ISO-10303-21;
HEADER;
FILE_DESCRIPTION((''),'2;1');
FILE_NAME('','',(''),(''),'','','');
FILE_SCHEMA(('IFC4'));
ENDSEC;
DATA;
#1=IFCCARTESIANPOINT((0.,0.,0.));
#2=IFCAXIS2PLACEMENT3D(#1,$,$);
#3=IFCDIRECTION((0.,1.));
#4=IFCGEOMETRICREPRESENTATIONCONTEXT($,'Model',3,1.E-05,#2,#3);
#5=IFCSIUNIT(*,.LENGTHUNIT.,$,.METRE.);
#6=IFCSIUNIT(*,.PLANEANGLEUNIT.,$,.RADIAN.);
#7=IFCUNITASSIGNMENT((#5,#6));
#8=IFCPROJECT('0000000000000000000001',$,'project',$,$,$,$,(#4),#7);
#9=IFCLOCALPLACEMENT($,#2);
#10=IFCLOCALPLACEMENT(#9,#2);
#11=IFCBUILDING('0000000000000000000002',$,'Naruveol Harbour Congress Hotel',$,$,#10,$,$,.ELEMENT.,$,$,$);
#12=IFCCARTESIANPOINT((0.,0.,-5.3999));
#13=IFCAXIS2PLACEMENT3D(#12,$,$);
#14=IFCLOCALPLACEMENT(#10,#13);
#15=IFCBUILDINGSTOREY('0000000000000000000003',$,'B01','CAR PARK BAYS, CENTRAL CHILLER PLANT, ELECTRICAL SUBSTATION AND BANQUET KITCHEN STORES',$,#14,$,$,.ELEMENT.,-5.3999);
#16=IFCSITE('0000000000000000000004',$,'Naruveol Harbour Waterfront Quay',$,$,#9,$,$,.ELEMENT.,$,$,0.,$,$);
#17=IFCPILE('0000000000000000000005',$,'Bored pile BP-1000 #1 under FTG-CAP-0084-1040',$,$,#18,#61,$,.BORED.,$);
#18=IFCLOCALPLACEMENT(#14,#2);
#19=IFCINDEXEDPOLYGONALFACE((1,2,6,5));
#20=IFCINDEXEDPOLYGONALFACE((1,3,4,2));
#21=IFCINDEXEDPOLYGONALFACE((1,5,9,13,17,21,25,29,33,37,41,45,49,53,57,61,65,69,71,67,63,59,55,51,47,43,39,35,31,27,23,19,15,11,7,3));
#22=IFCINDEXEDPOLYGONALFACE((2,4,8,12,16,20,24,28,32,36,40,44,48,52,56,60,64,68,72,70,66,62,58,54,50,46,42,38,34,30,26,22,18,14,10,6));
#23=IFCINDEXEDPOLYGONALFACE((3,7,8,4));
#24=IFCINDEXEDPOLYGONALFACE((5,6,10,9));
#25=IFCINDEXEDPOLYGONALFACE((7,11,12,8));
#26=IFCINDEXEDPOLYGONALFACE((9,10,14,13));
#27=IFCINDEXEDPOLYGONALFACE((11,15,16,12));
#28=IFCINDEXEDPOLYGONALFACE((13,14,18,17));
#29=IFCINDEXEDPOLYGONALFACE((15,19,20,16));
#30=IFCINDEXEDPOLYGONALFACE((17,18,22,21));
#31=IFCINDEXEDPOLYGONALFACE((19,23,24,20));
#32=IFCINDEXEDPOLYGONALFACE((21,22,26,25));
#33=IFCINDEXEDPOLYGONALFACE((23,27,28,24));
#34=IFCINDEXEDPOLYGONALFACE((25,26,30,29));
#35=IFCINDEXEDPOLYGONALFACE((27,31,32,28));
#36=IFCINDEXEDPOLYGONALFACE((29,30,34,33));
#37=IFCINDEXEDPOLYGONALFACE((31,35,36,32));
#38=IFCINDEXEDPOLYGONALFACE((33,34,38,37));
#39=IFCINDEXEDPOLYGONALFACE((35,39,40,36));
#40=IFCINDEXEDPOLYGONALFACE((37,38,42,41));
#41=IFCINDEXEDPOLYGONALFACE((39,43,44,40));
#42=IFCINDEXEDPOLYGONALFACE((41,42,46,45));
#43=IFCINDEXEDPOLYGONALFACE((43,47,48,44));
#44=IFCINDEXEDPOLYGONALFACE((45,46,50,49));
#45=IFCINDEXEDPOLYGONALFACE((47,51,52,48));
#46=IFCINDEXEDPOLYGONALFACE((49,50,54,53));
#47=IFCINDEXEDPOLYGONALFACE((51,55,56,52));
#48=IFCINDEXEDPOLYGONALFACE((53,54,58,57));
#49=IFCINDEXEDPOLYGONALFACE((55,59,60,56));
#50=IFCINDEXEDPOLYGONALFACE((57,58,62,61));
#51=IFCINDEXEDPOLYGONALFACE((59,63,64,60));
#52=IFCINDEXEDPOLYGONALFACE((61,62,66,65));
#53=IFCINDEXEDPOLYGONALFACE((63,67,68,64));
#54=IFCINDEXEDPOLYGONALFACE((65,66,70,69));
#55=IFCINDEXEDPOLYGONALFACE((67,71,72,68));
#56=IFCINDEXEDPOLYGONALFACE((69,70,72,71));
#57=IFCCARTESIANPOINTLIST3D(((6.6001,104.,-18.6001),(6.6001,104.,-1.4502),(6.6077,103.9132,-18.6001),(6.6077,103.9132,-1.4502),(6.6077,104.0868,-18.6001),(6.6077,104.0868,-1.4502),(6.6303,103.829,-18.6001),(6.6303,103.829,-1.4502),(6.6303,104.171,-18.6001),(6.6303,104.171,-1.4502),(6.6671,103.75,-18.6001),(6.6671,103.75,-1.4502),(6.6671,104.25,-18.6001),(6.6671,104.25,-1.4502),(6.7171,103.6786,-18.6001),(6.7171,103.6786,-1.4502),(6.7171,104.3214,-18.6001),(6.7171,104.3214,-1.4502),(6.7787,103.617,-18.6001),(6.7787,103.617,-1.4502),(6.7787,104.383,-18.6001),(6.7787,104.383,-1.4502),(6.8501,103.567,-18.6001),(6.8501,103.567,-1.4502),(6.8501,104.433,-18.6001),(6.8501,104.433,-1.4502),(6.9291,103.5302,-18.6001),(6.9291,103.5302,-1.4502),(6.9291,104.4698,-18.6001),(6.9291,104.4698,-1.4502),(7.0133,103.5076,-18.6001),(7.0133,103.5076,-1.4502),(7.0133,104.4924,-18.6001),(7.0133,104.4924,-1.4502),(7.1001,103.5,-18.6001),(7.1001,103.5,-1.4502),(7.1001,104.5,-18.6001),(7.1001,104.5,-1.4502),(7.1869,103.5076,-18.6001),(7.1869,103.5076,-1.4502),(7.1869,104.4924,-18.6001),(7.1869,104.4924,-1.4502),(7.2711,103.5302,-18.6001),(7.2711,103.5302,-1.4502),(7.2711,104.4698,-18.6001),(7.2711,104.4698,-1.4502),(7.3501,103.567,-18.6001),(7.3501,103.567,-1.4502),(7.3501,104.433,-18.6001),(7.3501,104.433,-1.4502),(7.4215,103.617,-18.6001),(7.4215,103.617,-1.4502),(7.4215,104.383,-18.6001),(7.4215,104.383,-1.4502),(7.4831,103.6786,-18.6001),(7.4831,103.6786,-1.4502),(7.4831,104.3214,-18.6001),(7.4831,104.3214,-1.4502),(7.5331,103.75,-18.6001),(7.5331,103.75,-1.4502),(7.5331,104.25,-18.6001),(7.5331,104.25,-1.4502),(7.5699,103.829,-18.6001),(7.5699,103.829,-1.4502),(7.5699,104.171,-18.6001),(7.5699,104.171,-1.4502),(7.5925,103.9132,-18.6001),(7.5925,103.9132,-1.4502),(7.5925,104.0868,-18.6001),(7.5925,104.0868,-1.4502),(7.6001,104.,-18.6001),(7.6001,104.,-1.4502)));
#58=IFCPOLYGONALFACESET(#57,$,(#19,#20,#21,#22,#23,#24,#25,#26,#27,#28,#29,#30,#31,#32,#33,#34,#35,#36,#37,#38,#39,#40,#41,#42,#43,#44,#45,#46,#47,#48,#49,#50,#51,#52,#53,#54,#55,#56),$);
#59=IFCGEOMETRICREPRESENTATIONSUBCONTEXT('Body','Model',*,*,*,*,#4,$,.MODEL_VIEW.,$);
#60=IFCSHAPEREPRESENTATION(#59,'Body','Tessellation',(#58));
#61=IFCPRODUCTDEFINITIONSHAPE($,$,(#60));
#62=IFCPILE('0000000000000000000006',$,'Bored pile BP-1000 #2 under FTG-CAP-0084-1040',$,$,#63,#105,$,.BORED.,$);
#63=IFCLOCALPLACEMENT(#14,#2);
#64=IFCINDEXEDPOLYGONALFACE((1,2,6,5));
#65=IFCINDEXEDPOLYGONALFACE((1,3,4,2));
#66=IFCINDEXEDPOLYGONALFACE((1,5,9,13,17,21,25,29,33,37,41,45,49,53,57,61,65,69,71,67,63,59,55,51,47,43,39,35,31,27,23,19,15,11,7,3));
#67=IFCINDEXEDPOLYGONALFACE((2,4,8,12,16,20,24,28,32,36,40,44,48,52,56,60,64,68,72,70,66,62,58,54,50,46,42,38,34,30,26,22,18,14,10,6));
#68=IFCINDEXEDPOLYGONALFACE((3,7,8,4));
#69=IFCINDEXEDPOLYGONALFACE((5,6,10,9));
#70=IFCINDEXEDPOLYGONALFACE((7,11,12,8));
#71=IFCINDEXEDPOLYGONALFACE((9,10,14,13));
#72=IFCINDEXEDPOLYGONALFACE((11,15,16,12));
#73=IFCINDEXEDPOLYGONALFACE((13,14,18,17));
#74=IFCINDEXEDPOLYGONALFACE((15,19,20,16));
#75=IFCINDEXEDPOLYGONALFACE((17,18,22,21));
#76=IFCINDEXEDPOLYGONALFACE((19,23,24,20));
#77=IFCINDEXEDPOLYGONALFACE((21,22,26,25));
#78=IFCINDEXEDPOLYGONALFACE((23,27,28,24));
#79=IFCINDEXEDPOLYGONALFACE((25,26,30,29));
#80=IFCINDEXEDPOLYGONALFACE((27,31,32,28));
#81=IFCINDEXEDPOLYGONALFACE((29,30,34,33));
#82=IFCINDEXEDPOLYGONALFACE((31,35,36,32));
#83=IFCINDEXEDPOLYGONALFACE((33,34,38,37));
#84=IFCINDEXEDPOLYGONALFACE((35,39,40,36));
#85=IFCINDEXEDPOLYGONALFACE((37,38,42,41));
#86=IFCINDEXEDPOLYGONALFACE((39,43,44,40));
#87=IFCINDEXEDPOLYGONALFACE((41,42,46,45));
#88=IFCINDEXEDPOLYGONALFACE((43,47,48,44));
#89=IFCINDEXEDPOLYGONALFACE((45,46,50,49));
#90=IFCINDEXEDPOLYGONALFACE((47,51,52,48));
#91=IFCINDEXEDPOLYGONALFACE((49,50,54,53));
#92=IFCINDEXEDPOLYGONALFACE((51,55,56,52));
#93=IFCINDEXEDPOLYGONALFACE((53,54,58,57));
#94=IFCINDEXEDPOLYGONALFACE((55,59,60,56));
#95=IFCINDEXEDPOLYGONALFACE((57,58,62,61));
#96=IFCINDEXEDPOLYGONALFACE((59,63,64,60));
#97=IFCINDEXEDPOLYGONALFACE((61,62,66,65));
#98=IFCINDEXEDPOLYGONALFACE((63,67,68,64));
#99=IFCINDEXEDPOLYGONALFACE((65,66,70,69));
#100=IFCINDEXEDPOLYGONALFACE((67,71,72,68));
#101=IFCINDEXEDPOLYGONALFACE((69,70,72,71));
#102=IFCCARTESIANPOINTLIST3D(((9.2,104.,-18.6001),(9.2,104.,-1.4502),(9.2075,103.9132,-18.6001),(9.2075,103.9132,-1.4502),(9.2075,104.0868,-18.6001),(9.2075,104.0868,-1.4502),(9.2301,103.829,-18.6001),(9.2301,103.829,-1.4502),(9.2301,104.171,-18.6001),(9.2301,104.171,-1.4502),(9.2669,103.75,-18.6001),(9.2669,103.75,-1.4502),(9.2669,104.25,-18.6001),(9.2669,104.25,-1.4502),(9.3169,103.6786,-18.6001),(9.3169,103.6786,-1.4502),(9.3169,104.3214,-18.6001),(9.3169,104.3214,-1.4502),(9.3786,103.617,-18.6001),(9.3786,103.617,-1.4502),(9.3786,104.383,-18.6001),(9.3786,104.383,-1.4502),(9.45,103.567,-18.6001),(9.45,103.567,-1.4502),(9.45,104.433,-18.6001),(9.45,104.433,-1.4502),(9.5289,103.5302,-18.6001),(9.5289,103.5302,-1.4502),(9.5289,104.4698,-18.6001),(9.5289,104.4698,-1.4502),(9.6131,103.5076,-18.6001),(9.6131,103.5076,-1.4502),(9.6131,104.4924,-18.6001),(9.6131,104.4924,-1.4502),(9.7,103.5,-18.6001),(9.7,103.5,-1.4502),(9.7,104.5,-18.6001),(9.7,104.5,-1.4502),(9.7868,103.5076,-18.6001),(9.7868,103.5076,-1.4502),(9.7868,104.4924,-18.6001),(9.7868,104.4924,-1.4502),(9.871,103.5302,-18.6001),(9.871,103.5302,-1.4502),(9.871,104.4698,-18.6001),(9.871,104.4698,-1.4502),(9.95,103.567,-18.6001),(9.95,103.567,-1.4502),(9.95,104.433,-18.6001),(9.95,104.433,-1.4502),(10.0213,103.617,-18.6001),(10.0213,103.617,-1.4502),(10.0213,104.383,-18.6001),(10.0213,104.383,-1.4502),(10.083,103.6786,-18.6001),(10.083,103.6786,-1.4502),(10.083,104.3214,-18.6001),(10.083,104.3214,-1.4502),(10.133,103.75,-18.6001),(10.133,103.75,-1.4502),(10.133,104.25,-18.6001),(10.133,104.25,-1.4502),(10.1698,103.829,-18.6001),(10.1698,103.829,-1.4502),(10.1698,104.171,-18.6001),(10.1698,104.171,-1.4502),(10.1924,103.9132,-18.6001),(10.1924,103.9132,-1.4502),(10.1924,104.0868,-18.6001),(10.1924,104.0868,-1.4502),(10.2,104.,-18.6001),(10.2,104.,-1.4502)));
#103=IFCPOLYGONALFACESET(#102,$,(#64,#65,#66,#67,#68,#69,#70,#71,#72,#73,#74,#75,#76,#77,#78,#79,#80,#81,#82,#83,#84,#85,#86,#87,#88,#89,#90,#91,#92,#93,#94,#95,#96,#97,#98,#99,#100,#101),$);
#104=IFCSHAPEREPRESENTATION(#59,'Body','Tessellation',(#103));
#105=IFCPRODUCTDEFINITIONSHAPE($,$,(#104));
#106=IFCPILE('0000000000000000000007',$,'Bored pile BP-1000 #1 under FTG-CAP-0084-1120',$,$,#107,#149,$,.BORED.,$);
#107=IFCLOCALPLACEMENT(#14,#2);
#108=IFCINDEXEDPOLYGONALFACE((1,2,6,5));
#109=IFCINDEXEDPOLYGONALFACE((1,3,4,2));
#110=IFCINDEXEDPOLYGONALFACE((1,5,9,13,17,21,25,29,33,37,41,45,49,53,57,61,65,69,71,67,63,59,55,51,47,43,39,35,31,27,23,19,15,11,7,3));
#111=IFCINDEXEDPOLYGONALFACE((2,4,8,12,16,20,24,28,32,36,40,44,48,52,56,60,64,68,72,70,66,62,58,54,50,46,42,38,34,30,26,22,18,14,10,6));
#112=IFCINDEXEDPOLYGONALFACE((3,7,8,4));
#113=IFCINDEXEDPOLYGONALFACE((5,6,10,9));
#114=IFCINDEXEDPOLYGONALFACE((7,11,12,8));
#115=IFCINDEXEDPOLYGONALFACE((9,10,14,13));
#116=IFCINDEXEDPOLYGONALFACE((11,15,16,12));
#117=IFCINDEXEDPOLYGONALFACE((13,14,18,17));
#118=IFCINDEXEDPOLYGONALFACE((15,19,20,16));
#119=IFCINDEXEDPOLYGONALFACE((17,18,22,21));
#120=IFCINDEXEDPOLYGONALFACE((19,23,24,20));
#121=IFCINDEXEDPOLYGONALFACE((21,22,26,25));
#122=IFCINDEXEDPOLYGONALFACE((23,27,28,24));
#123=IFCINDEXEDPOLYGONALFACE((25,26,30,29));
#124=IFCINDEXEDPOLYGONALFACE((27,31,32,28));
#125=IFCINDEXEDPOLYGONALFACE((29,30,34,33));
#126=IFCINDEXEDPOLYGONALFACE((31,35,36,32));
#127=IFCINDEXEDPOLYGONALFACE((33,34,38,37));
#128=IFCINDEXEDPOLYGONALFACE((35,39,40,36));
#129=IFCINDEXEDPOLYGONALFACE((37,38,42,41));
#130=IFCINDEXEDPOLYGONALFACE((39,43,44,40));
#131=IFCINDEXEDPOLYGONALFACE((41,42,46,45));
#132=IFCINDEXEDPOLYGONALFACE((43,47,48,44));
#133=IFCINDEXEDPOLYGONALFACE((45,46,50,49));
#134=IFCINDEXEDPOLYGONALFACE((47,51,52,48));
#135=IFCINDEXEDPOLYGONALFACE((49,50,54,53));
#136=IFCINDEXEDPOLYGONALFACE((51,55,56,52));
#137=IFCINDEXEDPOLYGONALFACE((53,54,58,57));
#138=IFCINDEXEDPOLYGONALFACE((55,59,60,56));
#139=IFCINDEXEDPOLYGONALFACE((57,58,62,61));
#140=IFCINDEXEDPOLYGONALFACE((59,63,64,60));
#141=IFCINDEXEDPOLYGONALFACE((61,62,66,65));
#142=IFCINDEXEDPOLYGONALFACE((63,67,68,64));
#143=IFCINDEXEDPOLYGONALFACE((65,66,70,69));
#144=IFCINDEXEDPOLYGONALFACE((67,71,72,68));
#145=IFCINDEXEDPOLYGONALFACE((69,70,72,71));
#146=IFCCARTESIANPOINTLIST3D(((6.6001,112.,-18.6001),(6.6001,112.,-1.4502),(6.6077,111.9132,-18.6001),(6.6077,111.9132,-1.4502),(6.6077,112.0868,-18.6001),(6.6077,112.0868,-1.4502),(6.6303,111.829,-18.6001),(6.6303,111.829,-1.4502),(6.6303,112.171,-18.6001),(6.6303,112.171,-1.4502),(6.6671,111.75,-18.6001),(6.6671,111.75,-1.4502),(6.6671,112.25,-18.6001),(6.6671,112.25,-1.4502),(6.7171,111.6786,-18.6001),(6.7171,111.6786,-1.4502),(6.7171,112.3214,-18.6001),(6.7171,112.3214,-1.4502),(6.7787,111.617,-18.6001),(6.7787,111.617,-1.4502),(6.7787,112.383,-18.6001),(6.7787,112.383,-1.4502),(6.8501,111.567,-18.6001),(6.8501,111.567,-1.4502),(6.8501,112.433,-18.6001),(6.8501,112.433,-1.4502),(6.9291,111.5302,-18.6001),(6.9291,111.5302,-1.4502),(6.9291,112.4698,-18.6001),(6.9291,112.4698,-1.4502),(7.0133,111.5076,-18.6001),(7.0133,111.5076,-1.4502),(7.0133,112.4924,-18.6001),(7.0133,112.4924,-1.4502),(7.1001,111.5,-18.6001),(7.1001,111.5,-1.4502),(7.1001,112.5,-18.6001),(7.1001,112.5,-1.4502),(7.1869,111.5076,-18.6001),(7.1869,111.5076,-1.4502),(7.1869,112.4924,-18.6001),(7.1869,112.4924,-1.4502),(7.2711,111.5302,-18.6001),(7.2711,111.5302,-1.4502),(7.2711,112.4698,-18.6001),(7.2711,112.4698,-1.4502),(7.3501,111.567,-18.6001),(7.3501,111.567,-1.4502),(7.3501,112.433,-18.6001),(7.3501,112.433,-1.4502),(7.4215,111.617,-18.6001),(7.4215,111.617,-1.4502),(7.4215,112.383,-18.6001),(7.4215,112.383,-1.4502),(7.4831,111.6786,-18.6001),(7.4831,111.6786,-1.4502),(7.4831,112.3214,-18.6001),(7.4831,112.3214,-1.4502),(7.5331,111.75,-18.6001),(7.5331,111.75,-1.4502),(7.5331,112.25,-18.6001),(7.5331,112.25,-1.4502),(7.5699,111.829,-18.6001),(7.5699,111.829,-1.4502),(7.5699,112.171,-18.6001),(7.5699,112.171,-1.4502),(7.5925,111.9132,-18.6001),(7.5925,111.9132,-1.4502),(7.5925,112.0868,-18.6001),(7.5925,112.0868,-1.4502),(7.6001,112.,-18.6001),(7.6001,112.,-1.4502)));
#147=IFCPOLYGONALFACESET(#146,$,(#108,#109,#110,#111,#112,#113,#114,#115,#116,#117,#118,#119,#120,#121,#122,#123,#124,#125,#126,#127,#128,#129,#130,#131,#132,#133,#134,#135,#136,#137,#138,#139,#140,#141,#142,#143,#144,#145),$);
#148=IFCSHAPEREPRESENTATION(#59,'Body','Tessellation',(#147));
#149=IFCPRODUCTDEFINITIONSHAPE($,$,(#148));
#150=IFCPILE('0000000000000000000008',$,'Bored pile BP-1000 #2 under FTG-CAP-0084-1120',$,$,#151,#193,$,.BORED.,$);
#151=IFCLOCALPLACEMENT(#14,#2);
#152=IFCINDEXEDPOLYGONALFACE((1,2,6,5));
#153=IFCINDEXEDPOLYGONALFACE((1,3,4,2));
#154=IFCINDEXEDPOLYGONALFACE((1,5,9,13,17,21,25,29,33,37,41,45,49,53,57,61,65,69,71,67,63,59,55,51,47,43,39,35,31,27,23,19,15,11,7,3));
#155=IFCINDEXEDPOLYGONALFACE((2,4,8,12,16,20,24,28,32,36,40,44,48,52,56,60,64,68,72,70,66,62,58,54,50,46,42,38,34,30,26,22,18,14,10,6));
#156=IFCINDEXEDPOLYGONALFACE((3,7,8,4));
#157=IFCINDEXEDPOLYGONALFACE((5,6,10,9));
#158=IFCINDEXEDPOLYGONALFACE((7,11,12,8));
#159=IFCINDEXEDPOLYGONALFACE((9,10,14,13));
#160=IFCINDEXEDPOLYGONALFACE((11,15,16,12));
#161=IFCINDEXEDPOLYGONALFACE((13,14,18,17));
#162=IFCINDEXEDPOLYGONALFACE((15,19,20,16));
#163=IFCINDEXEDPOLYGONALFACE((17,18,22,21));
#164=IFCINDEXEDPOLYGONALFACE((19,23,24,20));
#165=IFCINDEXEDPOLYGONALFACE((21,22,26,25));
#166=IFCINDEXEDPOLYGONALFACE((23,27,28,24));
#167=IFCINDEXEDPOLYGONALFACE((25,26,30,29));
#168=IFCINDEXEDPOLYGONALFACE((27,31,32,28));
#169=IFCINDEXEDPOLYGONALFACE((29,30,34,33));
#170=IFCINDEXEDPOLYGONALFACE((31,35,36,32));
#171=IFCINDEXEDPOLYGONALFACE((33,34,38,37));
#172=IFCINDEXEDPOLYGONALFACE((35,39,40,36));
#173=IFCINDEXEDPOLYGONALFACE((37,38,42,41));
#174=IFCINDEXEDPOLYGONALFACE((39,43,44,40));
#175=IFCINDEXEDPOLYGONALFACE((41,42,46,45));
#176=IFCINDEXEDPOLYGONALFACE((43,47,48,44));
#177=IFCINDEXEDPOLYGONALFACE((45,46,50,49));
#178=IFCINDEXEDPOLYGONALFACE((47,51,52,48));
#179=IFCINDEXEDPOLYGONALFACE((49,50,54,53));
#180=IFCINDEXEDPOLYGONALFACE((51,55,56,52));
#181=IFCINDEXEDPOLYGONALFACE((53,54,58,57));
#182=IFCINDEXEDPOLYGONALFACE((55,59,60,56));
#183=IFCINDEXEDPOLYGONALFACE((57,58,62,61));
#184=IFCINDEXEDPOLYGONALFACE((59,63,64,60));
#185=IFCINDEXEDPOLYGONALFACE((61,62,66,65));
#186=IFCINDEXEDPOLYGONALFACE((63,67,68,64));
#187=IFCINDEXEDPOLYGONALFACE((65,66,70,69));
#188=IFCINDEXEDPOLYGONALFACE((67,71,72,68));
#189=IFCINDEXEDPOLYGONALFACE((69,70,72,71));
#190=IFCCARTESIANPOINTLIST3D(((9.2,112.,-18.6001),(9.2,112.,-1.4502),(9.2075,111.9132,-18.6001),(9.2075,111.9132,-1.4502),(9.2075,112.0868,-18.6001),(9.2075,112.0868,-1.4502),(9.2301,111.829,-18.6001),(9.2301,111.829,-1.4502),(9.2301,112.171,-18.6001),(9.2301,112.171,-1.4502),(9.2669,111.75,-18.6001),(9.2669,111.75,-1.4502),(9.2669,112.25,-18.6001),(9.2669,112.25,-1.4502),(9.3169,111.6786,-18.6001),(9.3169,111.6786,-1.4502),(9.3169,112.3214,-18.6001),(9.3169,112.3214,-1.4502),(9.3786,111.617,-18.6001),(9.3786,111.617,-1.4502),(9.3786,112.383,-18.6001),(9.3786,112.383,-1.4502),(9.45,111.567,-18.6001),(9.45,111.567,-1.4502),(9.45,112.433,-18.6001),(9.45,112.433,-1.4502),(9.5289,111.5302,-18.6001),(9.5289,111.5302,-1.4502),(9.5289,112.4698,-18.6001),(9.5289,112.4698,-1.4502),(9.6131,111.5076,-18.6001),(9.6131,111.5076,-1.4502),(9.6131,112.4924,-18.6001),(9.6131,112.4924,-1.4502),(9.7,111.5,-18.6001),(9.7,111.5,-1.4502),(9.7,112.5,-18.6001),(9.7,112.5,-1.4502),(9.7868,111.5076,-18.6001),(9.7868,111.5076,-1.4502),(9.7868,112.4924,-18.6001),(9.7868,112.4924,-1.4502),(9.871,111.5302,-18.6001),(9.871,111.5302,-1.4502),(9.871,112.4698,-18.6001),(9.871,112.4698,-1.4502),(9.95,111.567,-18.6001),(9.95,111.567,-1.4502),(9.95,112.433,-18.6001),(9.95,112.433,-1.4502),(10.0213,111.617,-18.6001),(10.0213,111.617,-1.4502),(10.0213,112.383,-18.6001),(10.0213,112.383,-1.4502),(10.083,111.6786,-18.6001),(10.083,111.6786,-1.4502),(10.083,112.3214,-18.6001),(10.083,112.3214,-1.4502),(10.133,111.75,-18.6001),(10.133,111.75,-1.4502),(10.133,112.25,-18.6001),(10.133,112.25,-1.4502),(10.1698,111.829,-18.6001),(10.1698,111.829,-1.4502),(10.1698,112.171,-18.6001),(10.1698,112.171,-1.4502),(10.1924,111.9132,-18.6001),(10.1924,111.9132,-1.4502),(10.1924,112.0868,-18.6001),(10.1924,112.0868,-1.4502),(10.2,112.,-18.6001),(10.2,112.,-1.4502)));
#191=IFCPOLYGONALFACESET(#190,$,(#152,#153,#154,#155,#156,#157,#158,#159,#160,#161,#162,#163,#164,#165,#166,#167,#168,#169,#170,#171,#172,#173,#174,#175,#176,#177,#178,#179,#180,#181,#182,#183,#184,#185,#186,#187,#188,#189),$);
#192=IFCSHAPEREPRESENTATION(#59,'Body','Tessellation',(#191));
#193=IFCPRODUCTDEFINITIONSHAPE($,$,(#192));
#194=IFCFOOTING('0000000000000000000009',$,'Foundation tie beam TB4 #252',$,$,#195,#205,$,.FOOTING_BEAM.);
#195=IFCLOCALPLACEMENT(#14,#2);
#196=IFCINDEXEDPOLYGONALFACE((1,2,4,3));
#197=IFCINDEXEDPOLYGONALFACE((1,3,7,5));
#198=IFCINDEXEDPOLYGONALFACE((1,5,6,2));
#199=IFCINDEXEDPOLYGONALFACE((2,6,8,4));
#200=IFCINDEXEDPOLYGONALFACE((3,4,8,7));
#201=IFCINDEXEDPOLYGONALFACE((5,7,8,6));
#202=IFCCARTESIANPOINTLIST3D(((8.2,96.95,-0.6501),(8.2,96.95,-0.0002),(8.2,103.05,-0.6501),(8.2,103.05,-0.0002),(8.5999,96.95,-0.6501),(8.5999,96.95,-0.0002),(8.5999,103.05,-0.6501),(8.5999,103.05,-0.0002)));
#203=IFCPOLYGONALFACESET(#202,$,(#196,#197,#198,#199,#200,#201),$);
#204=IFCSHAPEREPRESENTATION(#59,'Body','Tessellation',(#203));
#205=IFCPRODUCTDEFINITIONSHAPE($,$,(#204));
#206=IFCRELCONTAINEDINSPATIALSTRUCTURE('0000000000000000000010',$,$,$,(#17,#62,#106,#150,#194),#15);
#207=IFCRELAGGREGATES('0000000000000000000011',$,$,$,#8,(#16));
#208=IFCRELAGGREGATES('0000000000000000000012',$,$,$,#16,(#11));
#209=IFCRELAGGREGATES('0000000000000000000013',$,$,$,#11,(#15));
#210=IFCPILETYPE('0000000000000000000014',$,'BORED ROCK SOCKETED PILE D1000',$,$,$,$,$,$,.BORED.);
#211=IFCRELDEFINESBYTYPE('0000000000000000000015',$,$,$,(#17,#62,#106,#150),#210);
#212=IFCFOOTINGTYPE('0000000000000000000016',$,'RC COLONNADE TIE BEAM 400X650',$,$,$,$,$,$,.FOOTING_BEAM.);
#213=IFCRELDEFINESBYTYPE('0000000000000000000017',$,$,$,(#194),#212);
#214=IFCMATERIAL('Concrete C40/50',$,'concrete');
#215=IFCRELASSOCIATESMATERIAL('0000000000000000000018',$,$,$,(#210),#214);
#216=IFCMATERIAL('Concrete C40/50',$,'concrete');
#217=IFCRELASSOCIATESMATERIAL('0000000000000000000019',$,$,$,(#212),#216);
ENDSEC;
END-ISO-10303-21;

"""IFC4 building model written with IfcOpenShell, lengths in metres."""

from ifc_helpers import new_model, si_unit, direction, frame, origin, origin_2d, place, context, subcontext, project, spatial, rectangle, circle, extrude, material, material_profile, profile_set, type_object, element, save


model = new_model("IFC4")

# Units and contexts
model_context = context("Model", 3, precision=1e-05, world=origin(), true_north=direction((0.0, 1.0)))
body_context = subcontext(model_context, "Body", "Model", "MODEL_VIEW")
ifc_project = project(units=[si_unit("LENGTHUNIT", "METRE"), si_unit("PLANEANGLEUNIT", "RADIAN")], contexts=[model_context])

# Site, building, storey
site_placement = place(None, origin())
site = spatial("IfcSite", under=ifc_project, at=site_placement, Name="Naruveol Harbour Waterfront Quay", CompositionType="ELEMENT", RefElevation=0.0)
building_placement = place(site_placement, origin())
building = spatial("IfcBuilding", under=site, at=building_placement, Name="Naruveol Harbour Congress Hotel", CompositionType="ELEMENT")
storey_placement = place(building_placement, frame((0.0, 0.0, -5.3999)))
storey = spatial("IfcBuildingStorey", under=building, at=storey_placement, Name="B01", Description="CAR PARK BAYS, CENTRAL CHILLER PLANT, ELECTRICAL SUBSTATION AND BANQUET KITCHEN STORES", CompositionType="ELEMENT", Elevation=-5.3999)

# Piles
ifc_material_1 = material(Name="Concrete C40/50", Category="concrete")
ifc_material_profile_1 = material_profile(ifc_material_1, circle(Radius=0.5, at=origin_2d()), Name="BP-1000")
ifc_profile_set_1 = profile_set([ifc_material_profile_1], Name="Concrete C40/50")
pile_type = type_object("IfcPileType", Name="BORED ROCK SOCKETED PILE D1000", PredefinedType="BORED", material=ifc_profile_set_1)
for number, where, z_axis, x_axis, name in (
    (1, (7.1001, 104.0, -1.4502), (0.0, 0.0, -1.0), (1.0, 0.0, 0.0), "Bored pile BP-1000 #1 under FTG-CAP-0084-1040"),
    (2, (9.7, 104.0, -1.4502), (0.0, 0.0, -1.0), (1.0, 0.0, 0.0), "Bored pile BP-1000 #2 under FTG-CAP-0084-1040"),
    (3, (7.1001, 112.0, -1.4502), (0.0, 0.0, -1.0), (1.0, 0.0, 0.0), "Bored pile BP-1000 #1 under FTG-CAP-0084-1120"),
    (4, (9.7, 112.0, -1.4502), (0.0, 0.0, -1.0), (1.0, 0.0, 0.0), "Bored pile BP-1000 #2 under FTG-CAP-0084-1120"),
):
    element("IfcPile", number, at=place(storey_placement, frame(where, z_axis=z_axis, x_axis=x_axis)), inside=storey, type_object=pile_type, Name=name, PredefinedType="BORED", context=body_context, shape_type="SweptSolid", body=[
        extrude(circle(Radius=0.5, at=origin_2d()), origin(), (0.0, 0.0, 1.0), 17.1499),
    ])

# Footing
ifc_material_2 = material(Name="Concrete C40/50", Category="concrete")
ifc_material_profile_2 = material_profile(ifc_material_2, rectangle(XDim=0.3999, YDim=0.6499, at=origin_2d()), Name="RCB-400x650")
ifc_profile_set_2 = profile_set([ifc_material_profile_2], Name="Concrete C40/50")
footing_type_1 = type_object("IfcFootingType", Name="RC COLONNADE TIE BEAM 400X650", PredefinedType="FOOTING_BEAM", material=ifc_profile_set_2)
for number, where, z_axis, x_axis, name in (
    (5, (8.3999, 96.95, -0.3252), (0.0, 1.0, 0.0), (-1.0, 0.0, 0.0), "Foundation tie beam TB4 #252"),
):
    element("IfcFooting", number, at=place(storey_placement, frame(where, z_axis=z_axis, x_axis=x_axis)), inside=storey, type_object=footing_type_1, Name=name, PredefinedType="FOOTING_BEAM", context=body_context, shape_type="SweptSolid", body=[
        extrude(rectangle(XDim=0.3999, YDim=0.6499, at=origin_2d()), origin(), (0.0, 0.0, 1.0), 6.1001),
    ])

save(model, "model.ifc")
